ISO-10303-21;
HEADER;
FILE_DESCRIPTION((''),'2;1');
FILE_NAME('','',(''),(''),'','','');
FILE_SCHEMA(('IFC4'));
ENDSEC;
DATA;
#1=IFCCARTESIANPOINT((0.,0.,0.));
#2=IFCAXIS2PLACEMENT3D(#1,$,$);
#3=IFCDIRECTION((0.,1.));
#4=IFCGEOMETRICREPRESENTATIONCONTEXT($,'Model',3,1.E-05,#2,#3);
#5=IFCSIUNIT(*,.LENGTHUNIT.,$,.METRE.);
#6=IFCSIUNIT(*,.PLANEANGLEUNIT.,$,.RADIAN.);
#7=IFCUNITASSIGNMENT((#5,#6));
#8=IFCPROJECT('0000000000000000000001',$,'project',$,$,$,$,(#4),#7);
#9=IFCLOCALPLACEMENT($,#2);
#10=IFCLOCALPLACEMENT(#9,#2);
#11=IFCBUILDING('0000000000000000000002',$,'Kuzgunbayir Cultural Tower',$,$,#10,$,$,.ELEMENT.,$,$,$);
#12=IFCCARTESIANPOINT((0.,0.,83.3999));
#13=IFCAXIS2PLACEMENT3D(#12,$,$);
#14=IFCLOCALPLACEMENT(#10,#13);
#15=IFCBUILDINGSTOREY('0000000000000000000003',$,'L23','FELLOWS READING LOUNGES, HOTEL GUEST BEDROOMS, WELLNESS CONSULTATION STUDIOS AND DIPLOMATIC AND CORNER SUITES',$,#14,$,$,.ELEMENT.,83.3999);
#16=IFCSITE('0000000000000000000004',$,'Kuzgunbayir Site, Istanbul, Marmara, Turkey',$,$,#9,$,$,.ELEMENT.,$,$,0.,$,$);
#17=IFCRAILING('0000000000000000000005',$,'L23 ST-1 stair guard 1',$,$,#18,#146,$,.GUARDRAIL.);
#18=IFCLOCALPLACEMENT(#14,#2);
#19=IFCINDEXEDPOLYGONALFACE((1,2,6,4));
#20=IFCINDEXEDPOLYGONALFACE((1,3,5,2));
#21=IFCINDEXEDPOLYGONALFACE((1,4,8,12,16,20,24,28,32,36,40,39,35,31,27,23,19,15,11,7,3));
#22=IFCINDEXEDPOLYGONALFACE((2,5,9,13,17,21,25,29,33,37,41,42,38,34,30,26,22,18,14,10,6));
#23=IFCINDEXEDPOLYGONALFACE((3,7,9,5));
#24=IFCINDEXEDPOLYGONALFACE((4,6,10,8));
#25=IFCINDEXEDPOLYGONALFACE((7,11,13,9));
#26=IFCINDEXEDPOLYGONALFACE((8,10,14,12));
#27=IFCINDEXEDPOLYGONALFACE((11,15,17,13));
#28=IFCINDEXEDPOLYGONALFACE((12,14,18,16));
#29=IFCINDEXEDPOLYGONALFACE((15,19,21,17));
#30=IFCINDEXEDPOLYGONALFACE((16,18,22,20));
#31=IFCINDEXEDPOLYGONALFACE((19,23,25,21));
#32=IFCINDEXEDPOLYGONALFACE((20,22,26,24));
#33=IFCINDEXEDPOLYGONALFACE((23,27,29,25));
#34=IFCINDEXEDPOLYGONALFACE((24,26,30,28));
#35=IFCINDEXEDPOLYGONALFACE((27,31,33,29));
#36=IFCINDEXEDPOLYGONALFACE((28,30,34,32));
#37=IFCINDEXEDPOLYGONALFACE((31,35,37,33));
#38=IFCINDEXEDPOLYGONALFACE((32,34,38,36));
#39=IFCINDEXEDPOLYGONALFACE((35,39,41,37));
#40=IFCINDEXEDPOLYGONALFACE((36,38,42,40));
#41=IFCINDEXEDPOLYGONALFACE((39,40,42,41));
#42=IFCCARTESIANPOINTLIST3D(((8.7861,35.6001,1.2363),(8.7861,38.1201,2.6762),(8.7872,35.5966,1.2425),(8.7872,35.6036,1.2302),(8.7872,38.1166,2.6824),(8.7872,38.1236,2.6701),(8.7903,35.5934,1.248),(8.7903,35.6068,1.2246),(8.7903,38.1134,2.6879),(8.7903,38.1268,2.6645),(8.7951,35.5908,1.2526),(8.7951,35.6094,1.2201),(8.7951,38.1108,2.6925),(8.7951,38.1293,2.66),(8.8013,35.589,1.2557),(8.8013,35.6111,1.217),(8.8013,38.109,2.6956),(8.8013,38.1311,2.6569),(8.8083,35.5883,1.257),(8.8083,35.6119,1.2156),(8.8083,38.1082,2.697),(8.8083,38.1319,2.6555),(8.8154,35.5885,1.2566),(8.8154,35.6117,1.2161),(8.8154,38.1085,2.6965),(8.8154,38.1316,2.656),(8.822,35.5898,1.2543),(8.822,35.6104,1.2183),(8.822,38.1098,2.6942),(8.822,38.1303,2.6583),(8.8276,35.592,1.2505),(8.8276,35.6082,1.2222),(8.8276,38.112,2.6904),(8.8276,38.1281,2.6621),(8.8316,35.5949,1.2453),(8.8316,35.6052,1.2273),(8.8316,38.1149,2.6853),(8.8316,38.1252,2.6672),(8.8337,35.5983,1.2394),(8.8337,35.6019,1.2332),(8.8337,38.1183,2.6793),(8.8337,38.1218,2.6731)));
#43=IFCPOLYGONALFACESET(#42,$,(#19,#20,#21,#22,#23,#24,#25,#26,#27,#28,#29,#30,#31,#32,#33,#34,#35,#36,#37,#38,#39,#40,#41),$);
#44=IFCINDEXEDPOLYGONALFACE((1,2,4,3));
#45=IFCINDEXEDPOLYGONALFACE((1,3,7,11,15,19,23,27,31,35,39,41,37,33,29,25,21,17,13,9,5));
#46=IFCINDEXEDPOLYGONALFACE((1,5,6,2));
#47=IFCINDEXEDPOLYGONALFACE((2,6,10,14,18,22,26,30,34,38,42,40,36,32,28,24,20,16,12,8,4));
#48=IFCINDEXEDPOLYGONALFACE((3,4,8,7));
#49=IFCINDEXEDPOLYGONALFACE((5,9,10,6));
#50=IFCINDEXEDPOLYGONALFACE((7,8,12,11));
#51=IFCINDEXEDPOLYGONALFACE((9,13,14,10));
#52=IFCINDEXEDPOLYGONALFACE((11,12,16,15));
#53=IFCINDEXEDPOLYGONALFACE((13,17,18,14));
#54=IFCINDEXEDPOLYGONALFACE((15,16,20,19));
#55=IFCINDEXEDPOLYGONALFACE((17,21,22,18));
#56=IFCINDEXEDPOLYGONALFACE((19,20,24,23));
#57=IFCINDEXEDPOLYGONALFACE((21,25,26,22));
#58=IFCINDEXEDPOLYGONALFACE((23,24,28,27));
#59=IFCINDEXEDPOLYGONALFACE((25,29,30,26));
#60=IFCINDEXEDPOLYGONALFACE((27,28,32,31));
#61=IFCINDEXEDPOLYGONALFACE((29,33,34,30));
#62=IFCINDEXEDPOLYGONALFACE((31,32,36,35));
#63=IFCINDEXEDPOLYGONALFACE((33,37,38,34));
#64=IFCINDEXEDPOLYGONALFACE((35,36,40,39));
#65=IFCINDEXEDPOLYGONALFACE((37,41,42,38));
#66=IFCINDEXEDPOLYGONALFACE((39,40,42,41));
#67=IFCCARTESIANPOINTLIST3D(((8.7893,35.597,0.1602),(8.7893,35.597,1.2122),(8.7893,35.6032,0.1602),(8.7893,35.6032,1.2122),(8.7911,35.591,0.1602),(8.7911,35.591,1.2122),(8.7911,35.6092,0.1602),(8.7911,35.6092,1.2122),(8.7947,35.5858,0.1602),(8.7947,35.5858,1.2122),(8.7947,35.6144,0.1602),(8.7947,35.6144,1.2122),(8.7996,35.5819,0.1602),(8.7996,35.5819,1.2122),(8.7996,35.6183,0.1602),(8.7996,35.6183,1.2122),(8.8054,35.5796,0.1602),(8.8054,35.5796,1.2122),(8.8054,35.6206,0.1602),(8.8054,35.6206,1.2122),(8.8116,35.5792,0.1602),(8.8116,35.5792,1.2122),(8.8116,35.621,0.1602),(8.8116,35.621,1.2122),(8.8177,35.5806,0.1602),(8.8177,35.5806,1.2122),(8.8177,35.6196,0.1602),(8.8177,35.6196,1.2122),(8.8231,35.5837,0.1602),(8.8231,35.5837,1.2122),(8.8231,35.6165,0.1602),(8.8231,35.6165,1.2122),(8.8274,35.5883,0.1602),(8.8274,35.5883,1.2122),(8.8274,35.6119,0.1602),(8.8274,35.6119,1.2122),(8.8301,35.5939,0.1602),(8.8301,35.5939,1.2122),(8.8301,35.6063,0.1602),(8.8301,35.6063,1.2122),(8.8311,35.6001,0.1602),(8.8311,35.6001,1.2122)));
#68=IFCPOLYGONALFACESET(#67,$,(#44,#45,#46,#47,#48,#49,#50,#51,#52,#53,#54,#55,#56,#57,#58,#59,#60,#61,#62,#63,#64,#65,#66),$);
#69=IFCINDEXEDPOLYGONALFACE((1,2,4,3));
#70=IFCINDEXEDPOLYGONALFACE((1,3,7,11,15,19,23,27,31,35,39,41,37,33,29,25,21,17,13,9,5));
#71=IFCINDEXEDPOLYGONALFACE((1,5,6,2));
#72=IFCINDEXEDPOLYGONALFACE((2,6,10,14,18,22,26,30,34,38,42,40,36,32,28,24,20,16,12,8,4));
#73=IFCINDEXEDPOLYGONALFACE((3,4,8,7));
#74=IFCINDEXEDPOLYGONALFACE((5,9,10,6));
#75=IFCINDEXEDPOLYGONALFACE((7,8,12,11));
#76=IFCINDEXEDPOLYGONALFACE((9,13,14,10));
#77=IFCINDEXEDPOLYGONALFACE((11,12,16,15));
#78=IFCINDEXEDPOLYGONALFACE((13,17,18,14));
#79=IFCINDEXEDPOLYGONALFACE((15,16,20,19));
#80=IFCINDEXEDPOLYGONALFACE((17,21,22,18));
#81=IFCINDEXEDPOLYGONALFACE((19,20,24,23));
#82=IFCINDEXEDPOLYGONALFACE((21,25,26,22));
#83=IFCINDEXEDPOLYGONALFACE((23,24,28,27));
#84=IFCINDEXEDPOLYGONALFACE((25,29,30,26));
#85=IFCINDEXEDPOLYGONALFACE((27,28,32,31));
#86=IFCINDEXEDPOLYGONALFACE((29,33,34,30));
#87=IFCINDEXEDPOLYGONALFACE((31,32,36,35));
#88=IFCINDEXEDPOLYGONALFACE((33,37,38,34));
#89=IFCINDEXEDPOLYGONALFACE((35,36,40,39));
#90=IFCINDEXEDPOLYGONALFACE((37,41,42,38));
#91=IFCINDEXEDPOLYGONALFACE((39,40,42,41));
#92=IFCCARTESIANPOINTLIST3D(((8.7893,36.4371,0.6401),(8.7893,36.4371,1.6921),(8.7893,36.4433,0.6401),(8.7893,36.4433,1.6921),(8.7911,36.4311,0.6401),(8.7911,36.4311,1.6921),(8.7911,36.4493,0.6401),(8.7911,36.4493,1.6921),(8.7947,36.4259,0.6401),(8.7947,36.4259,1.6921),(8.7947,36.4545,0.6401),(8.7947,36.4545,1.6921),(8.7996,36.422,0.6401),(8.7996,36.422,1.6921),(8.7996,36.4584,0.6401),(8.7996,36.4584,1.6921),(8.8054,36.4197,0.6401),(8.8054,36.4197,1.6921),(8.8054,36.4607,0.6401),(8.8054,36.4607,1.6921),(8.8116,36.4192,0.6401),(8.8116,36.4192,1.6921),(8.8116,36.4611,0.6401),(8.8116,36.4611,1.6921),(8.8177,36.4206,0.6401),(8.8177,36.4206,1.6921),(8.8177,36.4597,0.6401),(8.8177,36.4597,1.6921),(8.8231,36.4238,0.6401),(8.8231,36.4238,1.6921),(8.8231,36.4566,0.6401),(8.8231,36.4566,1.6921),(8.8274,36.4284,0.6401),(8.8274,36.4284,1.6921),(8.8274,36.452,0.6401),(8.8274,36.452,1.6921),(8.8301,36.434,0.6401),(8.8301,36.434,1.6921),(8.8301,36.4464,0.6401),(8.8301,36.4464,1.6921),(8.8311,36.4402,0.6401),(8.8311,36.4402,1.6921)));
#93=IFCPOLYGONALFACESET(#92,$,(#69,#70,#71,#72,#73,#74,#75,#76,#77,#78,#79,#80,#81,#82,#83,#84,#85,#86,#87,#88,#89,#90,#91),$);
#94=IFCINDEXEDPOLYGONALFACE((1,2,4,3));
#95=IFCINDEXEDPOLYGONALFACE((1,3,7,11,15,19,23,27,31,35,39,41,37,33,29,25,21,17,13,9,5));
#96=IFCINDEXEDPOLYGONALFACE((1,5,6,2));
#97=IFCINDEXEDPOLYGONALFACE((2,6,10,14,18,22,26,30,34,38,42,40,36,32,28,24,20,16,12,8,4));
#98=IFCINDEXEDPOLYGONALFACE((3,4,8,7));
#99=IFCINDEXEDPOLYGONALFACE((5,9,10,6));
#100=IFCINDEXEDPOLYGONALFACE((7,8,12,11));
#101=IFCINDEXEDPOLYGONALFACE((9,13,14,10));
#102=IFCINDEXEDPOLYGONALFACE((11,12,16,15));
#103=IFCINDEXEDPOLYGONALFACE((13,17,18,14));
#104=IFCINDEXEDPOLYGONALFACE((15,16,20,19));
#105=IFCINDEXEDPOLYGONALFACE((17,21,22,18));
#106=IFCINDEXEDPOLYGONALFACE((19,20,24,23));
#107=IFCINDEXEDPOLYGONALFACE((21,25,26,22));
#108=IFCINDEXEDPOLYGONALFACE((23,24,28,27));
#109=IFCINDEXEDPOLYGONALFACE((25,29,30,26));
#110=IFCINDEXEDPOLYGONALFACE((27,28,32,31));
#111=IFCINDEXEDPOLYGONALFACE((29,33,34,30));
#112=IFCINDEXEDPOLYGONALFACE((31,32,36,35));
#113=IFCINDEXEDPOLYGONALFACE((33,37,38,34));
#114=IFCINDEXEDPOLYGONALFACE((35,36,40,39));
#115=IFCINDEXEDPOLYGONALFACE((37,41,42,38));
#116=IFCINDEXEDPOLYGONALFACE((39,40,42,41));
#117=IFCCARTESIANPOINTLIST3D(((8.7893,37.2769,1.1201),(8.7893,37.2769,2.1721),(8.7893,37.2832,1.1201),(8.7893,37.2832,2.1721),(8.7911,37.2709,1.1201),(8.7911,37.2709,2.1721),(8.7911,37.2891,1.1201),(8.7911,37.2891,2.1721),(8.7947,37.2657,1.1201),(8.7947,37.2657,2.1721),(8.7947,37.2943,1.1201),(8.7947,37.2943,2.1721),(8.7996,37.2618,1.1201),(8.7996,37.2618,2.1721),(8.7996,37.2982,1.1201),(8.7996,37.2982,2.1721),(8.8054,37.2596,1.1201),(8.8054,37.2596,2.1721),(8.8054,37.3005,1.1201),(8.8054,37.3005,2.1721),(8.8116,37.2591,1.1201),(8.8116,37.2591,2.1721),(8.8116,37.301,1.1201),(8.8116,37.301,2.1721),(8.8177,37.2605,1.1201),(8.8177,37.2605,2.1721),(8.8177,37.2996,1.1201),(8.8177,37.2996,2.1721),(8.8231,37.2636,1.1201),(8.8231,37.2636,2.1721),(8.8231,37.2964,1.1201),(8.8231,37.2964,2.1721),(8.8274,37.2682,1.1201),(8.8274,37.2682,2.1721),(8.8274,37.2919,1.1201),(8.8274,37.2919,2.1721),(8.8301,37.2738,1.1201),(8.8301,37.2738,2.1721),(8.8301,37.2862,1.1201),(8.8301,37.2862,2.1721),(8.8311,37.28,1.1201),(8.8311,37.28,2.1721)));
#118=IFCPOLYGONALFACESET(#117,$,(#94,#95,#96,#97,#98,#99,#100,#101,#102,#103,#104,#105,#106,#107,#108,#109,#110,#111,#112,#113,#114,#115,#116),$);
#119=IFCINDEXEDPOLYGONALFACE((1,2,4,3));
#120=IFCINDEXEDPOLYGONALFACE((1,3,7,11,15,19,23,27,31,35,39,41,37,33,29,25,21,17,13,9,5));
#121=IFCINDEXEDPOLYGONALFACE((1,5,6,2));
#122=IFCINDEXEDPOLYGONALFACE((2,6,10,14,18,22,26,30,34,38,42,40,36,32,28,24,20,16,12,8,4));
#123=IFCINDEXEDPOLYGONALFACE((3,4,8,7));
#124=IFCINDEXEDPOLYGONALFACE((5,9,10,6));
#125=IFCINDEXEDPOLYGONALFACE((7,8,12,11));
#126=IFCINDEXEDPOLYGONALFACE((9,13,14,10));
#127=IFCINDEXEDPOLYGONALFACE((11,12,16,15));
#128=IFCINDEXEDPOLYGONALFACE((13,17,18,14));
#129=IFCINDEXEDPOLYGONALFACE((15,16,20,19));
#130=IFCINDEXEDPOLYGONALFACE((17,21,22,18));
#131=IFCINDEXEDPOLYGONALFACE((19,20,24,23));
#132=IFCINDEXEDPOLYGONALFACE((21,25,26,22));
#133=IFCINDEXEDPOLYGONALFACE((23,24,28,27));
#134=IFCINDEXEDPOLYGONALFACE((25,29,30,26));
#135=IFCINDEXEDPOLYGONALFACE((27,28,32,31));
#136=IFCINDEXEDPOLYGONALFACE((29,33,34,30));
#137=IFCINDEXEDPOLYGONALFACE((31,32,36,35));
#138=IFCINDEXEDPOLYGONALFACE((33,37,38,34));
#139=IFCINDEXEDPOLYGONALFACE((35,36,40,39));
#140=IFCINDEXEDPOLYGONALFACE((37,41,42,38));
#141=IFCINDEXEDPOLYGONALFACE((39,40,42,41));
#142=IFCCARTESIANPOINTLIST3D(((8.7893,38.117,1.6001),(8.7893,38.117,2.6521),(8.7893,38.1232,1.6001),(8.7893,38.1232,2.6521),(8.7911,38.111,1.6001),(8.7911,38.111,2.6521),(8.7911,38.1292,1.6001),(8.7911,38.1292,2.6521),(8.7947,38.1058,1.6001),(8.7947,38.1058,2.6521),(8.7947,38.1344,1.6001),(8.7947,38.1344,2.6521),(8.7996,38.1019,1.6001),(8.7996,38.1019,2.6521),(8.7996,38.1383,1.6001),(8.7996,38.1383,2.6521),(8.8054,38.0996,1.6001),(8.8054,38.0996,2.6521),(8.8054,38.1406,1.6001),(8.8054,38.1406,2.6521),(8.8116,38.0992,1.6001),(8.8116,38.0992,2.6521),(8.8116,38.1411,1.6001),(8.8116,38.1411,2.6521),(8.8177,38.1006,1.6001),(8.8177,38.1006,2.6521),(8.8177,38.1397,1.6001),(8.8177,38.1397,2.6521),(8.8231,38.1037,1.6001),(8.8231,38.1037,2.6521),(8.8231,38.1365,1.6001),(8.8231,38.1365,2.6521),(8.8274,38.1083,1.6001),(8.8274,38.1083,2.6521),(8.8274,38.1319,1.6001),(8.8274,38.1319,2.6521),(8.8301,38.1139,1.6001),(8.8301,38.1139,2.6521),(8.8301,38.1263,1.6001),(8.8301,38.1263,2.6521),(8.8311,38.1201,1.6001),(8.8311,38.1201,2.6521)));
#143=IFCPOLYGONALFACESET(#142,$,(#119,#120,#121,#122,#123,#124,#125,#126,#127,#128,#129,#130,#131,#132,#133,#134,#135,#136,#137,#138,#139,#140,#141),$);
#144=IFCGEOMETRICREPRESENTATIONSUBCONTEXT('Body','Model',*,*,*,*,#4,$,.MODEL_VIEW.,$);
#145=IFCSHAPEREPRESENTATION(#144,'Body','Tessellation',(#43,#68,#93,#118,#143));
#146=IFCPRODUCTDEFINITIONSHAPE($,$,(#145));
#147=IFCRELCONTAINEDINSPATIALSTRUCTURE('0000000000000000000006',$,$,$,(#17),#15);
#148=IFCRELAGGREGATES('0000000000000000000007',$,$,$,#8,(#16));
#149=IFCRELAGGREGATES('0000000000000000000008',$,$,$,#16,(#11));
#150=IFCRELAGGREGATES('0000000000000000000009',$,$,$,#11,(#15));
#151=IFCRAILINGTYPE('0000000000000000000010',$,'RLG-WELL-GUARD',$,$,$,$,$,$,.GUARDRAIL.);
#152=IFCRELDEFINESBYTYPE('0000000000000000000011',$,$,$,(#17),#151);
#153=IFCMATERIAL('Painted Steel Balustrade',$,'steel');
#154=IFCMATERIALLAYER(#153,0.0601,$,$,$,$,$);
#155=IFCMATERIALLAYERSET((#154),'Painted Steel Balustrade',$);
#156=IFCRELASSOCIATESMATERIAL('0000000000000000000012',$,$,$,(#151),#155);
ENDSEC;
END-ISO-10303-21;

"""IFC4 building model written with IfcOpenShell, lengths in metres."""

from ifc_helpers import new_model, si_unit, direction, frame, origin, origin_2d, place, context, subcontext, project, spatial, circle, extrude, material, layer, layer_set, type_object, element, save


model = new_model("IFC4")

# Units and contexts
model_context = context("Model", 3, precision=1e-05, world=origin(), true_north=direction((0.0, 1.0)))
body_context = subcontext(model_context, "Body", "Model", "MODEL_VIEW")
ifc_project = project(units=[si_unit("LENGTHUNIT", "METRE"), si_unit("PLANEANGLEUNIT", "RADIAN")], contexts=[model_context])

# Site, building, storey
site_placement = place(None, origin())
site = spatial("IfcSite", under=ifc_project, at=site_placement, Name="Kuzgunbayir Site, Istanbul, Marmara, Turkey", CompositionType="ELEMENT", RefElevation=0.0)
building_placement = place(site_placement, origin())
building = spatial("IfcBuilding", under=site, at=building_placement, Name="Kuzgunbayir Cultural Tower", CompositionType="ELEMENT")
storey_placement = place(building_placement, frame((0.0, 0.0, 83.3999)))
storey = spatial("IfcBuildingStorey", under=building, at=storey_placement, Name="L23", Description="FELLOWS READING LOUNGES, HOTEL GUEST BEDROOMS, WELLNESS CONSULTATION STUDIOS AND DIPLOMATIC AND CORNER SUITES", CompositionType="ELEMENT", Elevation=83.3999)

# Railing
ifc_material_1 = material(Name="Painted Steel Balustrade", Category="steel")
ifc_layer_1 = layer(ifc_material_1, 0.0601)
ifc_layer_set_1 = layer_set([ifc_layer_1], Name="Painted Steel Balustrade")
railing_type_1 = type_object("IfcRailingType", Name="RLG-WELL-GUARD", PredefinedType="GUARDRAIL", material=ifc_layer_set_1)
railing_1_placement = place(storey_placement, frame((8.8101, 35.6001, 0.1602)))
element("IfcRailing", 1, at=railing_1_placement, inside=storey, type_object=railing_type_1, Name="L23 ST-1 stair guard 1", PredefinedType="GUARDRAIL", context=body_context, shape_type="SweptSolid", body=[
    extrude(circle(Radius=0.0239, at=origin_2d()), frame((0.0, 0.0, 1.0762), z_axis=(0.0, 0.868253, 0.496121), x_axis=(-1.0, 0.0, 0.0)), (0.0, 0.0, 1.0), 2.9023),
    extrude(circle(Radius=0.021, at=origin_2d()), origin(), (0.0, 0.0, 1.0), 1.052),
    extrude(circle(Radius=0.021, at=origin_2d()), frame((0.0, 0.8401, 0.48)), (0.0, 0.0, 1.0), 1.052),
    extrude(circle(Radius=0.021, at=origin_2d()), frame((0.0, 1.6799, 0.96)), (0.0, 0.0, 1.0), 1.052),
    extrude(circle(Radius=0.021, at=origin_2d()), frame((0.0, 2.52, 1.4399)), (0.0, 0.0, 1.0), 1.052),
])

save(model, "model.ifc")
